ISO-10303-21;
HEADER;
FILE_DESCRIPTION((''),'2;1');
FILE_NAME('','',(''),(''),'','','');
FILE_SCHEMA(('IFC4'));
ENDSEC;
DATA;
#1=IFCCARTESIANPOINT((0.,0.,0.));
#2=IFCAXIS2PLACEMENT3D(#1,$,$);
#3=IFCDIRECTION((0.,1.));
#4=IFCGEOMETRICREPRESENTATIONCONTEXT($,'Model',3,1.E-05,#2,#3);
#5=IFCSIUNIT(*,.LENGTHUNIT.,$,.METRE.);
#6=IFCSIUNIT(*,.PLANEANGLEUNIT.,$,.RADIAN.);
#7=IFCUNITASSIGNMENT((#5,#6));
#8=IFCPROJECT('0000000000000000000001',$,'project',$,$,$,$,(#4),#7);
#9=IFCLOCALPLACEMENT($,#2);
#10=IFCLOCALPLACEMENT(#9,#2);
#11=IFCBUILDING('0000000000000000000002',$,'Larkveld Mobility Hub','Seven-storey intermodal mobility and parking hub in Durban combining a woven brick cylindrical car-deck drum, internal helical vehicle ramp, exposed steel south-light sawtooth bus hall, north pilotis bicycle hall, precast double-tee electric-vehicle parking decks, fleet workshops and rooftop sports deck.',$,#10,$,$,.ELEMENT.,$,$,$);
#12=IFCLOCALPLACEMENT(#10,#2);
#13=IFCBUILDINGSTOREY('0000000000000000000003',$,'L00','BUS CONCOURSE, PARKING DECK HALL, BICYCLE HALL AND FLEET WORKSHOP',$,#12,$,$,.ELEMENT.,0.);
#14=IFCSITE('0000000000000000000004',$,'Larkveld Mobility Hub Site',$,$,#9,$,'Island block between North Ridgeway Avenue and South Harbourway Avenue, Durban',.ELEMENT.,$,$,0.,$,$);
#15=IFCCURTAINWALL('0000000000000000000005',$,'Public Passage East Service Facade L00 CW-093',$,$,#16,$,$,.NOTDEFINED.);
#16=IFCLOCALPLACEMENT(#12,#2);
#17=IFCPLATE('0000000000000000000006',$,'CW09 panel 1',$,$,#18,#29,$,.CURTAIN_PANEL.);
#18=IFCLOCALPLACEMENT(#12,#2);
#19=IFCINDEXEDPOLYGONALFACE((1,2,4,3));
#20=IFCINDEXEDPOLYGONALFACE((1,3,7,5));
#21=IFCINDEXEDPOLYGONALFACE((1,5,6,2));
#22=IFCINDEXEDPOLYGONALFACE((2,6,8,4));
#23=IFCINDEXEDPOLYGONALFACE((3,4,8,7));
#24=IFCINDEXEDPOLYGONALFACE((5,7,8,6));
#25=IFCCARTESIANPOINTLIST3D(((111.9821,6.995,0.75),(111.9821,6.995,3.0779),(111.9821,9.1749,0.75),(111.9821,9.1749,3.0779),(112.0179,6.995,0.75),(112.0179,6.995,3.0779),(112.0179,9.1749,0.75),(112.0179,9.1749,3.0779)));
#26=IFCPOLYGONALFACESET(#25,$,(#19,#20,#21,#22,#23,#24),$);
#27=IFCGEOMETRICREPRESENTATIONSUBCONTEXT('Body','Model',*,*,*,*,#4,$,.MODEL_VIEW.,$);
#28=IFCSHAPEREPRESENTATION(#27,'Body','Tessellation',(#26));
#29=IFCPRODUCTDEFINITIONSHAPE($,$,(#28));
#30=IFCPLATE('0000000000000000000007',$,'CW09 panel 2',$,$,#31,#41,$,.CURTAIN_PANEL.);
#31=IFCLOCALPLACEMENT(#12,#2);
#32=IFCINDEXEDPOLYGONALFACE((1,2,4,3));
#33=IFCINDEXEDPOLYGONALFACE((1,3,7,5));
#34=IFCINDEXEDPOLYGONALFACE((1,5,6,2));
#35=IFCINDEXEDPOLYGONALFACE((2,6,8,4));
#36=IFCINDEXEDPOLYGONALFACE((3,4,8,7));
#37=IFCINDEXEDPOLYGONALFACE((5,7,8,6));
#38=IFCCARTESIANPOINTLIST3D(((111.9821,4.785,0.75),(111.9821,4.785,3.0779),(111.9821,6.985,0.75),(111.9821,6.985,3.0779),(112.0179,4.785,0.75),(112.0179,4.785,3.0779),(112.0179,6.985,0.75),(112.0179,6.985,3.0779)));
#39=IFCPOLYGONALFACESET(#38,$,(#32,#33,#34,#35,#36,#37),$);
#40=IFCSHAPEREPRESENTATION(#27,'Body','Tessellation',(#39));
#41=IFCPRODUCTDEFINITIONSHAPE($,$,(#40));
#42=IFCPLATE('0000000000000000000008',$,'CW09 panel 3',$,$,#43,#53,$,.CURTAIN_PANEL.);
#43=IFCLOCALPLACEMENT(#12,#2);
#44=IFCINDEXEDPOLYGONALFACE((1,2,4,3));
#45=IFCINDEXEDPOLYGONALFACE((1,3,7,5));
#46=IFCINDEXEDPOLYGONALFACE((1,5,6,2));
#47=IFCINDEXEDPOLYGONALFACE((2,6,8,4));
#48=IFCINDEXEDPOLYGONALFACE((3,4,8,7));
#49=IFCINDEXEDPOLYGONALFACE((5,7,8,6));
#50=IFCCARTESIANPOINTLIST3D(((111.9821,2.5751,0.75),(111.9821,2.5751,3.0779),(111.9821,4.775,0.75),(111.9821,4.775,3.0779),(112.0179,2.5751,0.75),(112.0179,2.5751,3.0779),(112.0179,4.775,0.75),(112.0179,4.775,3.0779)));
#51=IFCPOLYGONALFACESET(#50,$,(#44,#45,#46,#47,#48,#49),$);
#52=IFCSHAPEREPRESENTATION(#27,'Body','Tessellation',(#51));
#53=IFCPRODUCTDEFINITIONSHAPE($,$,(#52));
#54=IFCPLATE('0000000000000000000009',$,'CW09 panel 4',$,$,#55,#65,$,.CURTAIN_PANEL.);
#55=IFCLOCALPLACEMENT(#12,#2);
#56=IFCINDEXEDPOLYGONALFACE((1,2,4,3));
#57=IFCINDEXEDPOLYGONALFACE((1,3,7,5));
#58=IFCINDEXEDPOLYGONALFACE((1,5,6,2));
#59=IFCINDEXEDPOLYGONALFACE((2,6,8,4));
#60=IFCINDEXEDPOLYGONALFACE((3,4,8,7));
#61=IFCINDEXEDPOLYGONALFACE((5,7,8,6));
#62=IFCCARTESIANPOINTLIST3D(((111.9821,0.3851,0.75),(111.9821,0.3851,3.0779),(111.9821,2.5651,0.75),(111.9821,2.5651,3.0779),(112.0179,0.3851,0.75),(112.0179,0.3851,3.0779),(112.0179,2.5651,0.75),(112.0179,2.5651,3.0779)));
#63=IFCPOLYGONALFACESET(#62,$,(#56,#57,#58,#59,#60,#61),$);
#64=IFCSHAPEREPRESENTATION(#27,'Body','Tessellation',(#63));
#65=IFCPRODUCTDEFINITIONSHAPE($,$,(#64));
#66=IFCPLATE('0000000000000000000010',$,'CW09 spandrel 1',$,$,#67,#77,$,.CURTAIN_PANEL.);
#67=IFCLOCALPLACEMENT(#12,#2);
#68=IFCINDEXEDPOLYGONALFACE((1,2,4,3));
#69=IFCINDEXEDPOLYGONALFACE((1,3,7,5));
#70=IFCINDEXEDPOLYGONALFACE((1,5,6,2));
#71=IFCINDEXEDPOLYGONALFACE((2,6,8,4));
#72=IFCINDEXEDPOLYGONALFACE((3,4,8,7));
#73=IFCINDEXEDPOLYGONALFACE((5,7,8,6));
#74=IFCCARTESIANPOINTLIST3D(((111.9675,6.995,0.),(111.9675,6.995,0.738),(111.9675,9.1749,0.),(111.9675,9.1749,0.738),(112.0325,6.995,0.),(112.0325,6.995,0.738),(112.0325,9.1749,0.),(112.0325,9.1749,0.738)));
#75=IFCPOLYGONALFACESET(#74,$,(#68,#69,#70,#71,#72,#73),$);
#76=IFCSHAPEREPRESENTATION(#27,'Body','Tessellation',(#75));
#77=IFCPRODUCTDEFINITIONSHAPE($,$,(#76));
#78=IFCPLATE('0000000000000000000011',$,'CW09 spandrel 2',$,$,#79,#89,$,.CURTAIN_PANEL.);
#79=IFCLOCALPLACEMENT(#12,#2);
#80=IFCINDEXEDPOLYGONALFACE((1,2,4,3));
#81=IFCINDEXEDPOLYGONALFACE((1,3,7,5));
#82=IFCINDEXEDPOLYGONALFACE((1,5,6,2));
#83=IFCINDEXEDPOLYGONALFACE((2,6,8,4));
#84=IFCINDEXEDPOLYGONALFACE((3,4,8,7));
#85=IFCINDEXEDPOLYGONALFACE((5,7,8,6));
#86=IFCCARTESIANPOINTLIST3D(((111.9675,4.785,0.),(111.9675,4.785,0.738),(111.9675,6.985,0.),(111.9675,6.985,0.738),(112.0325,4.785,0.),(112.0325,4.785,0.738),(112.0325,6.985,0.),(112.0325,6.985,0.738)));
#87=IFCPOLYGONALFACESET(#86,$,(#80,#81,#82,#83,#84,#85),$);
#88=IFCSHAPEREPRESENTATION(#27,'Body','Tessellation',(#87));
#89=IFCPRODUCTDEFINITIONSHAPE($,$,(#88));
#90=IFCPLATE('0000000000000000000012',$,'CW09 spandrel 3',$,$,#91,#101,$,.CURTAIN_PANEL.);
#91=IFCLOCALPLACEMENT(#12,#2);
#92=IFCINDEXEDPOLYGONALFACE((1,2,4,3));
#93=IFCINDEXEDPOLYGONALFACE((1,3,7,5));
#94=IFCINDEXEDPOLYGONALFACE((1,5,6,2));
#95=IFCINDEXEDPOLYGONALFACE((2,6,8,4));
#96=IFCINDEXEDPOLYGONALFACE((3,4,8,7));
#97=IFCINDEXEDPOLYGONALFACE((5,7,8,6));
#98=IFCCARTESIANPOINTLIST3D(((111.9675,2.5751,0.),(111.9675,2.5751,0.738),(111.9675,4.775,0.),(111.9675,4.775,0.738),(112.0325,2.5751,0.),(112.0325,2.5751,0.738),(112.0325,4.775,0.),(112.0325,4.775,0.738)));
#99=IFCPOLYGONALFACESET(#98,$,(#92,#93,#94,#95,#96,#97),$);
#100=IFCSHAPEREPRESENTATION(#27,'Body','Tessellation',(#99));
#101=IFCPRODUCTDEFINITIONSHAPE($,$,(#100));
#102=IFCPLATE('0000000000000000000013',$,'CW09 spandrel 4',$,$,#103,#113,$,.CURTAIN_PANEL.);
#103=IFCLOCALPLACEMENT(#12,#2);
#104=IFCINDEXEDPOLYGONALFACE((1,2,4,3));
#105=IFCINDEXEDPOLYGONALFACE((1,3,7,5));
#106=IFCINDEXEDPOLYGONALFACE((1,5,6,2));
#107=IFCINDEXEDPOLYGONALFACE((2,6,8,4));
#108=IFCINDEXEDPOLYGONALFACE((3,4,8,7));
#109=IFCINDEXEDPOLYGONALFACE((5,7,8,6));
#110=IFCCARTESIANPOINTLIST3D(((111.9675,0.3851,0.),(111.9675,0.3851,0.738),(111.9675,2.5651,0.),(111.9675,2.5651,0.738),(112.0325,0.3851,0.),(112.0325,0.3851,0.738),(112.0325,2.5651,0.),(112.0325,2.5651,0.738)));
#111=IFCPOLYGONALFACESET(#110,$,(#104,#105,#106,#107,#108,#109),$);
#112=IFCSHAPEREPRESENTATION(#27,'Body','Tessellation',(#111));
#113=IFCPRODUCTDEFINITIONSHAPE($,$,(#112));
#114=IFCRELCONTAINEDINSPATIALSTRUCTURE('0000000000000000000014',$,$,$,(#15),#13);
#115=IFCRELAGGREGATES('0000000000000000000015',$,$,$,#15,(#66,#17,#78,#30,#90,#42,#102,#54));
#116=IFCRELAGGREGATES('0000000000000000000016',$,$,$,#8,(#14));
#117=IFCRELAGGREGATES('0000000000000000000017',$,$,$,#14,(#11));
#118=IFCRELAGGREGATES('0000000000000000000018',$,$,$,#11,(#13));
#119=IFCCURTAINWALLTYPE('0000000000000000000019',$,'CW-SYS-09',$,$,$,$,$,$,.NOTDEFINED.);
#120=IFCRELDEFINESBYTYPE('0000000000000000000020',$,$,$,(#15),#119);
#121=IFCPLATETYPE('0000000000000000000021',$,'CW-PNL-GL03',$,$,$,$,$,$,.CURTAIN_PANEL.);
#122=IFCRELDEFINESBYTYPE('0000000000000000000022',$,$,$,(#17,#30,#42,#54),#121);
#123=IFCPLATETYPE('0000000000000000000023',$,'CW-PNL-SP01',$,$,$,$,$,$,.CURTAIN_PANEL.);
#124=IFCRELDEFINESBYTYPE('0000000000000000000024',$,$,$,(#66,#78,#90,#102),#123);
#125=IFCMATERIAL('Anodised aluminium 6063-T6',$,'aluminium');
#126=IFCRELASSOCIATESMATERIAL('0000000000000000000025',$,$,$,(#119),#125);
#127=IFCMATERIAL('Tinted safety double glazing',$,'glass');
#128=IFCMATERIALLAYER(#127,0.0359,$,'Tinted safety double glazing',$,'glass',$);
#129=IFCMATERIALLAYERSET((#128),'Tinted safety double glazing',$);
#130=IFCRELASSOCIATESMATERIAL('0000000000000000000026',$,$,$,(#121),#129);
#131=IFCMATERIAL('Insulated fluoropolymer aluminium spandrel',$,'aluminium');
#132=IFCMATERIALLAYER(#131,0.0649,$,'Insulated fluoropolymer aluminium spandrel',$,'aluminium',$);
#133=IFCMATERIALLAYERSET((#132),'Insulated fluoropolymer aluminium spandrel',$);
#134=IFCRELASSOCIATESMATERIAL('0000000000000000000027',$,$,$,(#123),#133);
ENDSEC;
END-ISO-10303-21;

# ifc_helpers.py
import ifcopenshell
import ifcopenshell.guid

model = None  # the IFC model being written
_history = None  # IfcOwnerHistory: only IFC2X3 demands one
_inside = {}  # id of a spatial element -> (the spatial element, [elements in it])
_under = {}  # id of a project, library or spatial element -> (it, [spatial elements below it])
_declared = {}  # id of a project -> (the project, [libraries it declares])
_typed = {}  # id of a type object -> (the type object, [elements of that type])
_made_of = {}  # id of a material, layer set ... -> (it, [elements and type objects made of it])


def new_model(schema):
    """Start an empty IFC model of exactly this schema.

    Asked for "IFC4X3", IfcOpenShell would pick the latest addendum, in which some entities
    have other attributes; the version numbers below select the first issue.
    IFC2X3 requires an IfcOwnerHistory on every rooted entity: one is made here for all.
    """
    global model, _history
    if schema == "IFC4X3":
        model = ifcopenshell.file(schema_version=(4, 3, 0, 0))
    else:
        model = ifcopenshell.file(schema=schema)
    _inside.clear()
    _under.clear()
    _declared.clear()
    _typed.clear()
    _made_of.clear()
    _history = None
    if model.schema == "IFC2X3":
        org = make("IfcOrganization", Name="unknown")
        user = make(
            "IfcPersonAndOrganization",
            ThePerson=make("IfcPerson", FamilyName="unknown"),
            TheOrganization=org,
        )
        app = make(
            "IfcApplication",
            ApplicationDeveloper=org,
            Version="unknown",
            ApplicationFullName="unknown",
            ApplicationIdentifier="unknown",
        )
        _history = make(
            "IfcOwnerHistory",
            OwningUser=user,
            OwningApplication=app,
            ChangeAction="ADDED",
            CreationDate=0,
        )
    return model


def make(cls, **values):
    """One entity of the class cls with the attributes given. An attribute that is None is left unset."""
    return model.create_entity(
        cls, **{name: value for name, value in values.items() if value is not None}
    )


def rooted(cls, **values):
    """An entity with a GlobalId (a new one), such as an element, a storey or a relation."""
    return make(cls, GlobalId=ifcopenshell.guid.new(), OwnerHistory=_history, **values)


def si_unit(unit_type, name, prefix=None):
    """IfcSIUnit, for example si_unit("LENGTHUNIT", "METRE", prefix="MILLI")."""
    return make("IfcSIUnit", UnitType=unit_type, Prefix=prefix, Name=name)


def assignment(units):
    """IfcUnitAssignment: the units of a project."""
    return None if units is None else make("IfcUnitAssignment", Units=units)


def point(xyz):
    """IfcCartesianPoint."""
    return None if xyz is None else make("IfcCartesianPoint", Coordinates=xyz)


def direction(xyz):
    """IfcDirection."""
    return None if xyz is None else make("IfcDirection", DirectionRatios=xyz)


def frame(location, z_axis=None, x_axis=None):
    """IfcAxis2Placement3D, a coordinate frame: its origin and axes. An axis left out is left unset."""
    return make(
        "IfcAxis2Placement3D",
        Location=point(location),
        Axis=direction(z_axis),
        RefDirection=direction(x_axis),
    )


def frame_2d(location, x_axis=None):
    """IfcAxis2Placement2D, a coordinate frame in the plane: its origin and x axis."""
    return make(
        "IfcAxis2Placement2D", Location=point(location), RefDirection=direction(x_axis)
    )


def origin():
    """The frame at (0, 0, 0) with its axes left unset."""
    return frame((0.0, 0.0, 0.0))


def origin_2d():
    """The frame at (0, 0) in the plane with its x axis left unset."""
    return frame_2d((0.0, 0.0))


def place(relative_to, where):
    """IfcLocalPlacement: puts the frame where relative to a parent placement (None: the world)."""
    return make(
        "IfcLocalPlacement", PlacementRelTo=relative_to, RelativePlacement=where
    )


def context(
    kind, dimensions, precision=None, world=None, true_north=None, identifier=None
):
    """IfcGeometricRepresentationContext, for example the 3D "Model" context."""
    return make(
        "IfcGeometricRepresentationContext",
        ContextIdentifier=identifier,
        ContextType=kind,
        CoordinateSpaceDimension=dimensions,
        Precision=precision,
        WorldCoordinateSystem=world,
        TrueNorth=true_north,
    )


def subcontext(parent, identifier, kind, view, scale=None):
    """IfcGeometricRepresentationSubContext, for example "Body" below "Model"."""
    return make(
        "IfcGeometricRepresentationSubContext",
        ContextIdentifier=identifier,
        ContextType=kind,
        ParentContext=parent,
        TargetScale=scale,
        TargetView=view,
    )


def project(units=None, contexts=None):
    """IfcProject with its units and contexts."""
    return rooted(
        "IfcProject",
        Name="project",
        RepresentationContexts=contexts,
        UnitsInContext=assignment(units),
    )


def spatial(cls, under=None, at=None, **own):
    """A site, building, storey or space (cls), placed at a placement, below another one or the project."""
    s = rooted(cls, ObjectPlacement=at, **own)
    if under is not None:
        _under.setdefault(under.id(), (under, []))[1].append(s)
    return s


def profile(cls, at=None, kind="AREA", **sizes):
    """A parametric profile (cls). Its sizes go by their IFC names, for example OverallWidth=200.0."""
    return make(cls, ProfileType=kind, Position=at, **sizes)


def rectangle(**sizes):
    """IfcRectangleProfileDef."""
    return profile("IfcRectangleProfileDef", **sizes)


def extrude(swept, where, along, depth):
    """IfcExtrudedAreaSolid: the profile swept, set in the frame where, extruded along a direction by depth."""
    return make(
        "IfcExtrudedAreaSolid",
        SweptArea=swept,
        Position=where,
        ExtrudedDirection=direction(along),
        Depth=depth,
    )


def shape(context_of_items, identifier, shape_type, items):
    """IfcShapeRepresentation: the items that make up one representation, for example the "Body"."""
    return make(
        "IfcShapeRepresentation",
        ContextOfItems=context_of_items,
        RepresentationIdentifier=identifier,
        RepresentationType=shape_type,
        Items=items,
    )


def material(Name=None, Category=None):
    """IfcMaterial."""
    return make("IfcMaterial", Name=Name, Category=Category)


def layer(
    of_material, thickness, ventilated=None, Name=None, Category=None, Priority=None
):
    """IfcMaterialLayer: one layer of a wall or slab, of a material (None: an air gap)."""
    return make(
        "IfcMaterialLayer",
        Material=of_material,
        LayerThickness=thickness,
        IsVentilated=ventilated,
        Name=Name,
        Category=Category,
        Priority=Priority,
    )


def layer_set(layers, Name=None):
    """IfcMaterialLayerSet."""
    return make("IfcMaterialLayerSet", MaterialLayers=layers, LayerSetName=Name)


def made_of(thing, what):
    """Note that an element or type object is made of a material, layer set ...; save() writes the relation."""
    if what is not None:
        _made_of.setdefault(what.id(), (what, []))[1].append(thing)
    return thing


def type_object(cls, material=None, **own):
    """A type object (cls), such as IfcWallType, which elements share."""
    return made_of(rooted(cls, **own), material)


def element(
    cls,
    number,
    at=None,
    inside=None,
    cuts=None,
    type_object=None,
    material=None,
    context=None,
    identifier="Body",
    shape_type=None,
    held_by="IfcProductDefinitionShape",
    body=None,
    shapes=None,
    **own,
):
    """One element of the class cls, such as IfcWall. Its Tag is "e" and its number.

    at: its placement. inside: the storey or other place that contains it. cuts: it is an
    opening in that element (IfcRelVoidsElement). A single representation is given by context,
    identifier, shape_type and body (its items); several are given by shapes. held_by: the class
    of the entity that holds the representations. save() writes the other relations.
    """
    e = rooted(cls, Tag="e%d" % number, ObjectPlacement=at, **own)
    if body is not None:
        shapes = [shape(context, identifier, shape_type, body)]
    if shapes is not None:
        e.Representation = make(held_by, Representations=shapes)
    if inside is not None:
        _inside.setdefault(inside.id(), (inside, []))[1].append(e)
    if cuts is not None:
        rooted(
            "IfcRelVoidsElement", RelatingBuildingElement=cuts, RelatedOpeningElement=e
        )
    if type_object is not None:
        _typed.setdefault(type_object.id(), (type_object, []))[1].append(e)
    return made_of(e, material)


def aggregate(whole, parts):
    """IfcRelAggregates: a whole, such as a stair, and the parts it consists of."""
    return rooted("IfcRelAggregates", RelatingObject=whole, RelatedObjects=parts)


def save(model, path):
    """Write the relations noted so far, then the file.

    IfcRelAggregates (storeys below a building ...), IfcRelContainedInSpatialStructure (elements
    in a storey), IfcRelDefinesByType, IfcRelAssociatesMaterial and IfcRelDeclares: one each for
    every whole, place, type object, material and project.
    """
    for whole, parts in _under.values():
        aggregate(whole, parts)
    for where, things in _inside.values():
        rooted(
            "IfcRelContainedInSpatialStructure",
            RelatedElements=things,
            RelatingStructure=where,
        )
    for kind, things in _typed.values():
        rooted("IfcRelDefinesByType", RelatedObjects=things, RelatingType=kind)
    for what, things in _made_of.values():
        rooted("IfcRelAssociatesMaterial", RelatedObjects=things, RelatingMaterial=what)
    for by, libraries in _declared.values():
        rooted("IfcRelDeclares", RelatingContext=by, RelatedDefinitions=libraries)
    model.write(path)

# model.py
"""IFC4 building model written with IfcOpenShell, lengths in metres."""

from ifc_helpers import new_model, si_unit, direction, frame, origin, origin_2d, place, context, subcontext, project, spatial, rectangle, extrude, material, layer, layer_set, type_object, element, aggregate, save


model = new_model("IFC4")

# Units and contexts
model_context = context("Model", 3, precision=1e-05, world=origin(), true_north=direction((0.0, 1.0)))
body_context = subcontext(model_context, "Body", "Model", "MODEL_VIEW")
ifc_project = project(units=[si_unit("LENGTHUNIT", "METRE"), si_unit("PLANEANGLEUNIT", "RADIAN")], contexts=[model_context])

# Site, building, storey
site_placement = place(None, origin())
site = spatial("IfcSite", under=ifc_project, at=site_placement, Name="Larkveld Mobility Hub Site", LongName="Island block between North Ridgeway Avenue and South Harbourway Avenue, Durban", CompositionType="ELEMENT", RefElevation=0.0)
building_placement = place(site_placement, origin())
building = spatial("IfcBuilding", under=site, at=building_placement, Name="Larkveld Mobility Hub", Description="Seven-storey intermodal mobility and parking hub in Durban combining a woven brick cylindrical car-deck drum, internal helical vehicle ramp, exposed steel south-light sawtooth bus hall, north pilotis bicycle hall, precast double-tee electric-vehicle parking decks, fleet workshops and rooftop sports deck.", CompositionType="ELEMENT")
storey_placement = place(building_placement, origin())
storey = spatial("IfcBuildingStorey", under=building, at=storey_placement, Name="L00", Description="BUS CONCOURSE, PARKING DECK HALL, BICYCLE HALL AND FLEET WORKSHOP", CompositionType="ELEMENT", Elevation=0.0)

# Curtain wall, plates
ifc_material_1 = material(Name="Anodised aluminium 6063-T6", Category="aluminium")
curtain_wall_type = type_object("IfcCurtainWallType", Name="CW-SYS-09", PredefinedType="NOTDEFINED", material=ifc_material_1)
curtain_wall_placement = place(storey_placement, origin())
curtain_wall = element("IfcCurtainWall", 1, at=curtain_wall_placement, inside=storey, type_object=curtain_wall_type, Name="Public Passage East Service Facade L00 CW-093", PredefinedType="NOTDEFINED")
ifc_material_2 = material(Name="Tinted safety double glazing", Category="glass")
ifc_layer_1 = layer(ifc_material_2, 0.0359, Name="Tinted safety double glazing", Category="glass")
ifc_layer_set_1 = layer_set([ifc_layer_1], Name="Tinted safety double glazing")
plate_type_1 = type_object("IfcPlateType", Name="CW-PNL-GL03", PredefinedType="CURTAIN_PANEL", material=ifc_layer_set_1)
plate_1_placement = place(storey_placement, frame((112.0, 8.085, 0.75), z_axis=(0.0, 0.0, 1.0), x_axis=(0.0, -1.0, 0.0)))
plate_1 = element("IfcPlate", 2, at=plate_1_placement, type_object=plate_type_1, Name="CW09 panel 1", PredefinedType="CURTAIN_PANEL", context=body_context, shape_type="SweptSolid", body=[
    extrude(rectangle(XDim=2.1799, YDim=0.0359, at=origin_2d()), origin(), (0.0, 0.0, 1.0), 2.3279),
])
plate_2_placement = place(storey_placement, frame((112.0, 5.885, 0.75), z_axis=(0.0, 0.0, 1.0), x_axis=(0.0, -1.0, 0.0)))
plate_2 = element("IfcPlate", 3, at=plate_2_placement, type_object=plate_type_1, Name="CW09 panel 2", PredefinedType="CURTAIN_PANEL", context=body_context, shape_type="SweptSolid", body=[
    extrude(rectangle(XDim=2.2, YDim=0.0359, at=origin_2d()), origin(), (0.0, 0.0, 1.0), 2.3279),
])
plate_3_placement = place(storey_placement, frame((112.0, 3.675, 0.75), z_axis=(0.0, 0.0, 1.0), x_axis=(0.0, -1.0, 0.0)))
plate_3 = element("IfcPlate", 4, at=plate_3_placement, type_object=plate_type_1, Name="CW09 panel 3", PredefinedType="CURTAIN_PANEL", context=body_context, shape_type="SweptSolid", body=[
    extrude(rectangle(XDim=2.2, YDim=0.0359, at=origin_2d()), origin(), (0.0, 0.0, 1.0), 2.3279),
])
plate_4_placement = place(storey_placement, frame((112.0, 1.4751, 0.75), z_axis=(0.0, 0.0, 1.0), x_axis=(0.0, -1.0, 0.0)))
plate_4 = element("IfcPlate", 5, at=plate_4_placement, type_object=plate_type_1, Name="CW09 panel 4", PredefinedType="CURTAIN_PANEL", context=body_context, shape_type="SweptSolid", body=[
    extrude(rectangle(XDim=2.1799, YDim=0.0359, at=origin_2d()), origin(), (0.0, 0.0, 1.0), 2.3279),
])
ifc_material_3 = material(Name="Insulated fluoropolymer aluminium spandrel", Category="aluminium")
ifc_layer_2 = layer(ifc_material_3, 0.0649, Name="Insulated fluoropolymer aluminium spandrel", Category="aluminium")
ifc_layer_set_2 = layer_set([ifc_layer_2], Name="Insulated fluoropolymer aluminium spandrel")
plate_type_2 = type_object("IfcPlateType", Name="CW-PNL-SP01", PredefinedType="CURTAIN_PANEL", material=ifc_layer_set_2)
plate_5_placement = place(storey_placement, frame((112.0, 8.085, 0.0), z_axis=(0.0, 0.0, 1.0), x_axis=(0.0, -1.0, 0.0)))
plate_5 = element("IfcPlate", 6, at=plate_5_placement, type_object=plate_type_2, Name="CW09 spandrel 1", PredefinedType="CURTAIN_PANEL", context=body_context, shape_type="SweptSolid", body=[
    extrude(rectangle(XDim=2.1799, YDim=0.0649, at=origin_2d()), origin(), (0.0, 0.0, 1.0), 0.738),
])
plate_6_placement = place(storey_placement, frame((112.0, 5.885, 0.0), z_axis=(0.0, 0.0, 1.0), x_axis=(0.0, -1.0, 0.0)))
plate_6 = element("IfcPlate", 7, at=plate_6_placement, type_object=plate_type_2, Name="CW09 spandrel 2", PredefinedType="CURTAIN_PANEL", context=body_context, shape_type="SweptSolid", body=[
    extrude(rectangle(XDim=2.2, YDim=0.0649, at=origin_2d()), origin(), (0.0, 0.0, 1.0), 0.738),
])
plate_7_placement = place(storey_placement, frame((112.0, 3.675, 0.0), z_axis=(0.0, 0.0, 1.0), x_axis=(0.0, -1.0, 0.0)))
plate_7 = element("IfcPlate", 8, at=plate_7_placement, type_object=plate_type_2, Name="CW09 spandrel 3", PredefinedType="CURTAIN_PANEL", context=body_context, shape_type="SweptSolid", body=[
    extrude(rectangle(XDim=2.2, YDim=0.0649, at=origin_2d()), origin(), (0.0, 0.0, 1.0), 0.738),
])
plate_8_placement = place(storey_placement, frame((112.0, 1.4751, 0.0), z_axis=(0.0, 0.0, 1.0), x_axis=(0.0, -1.0, 0.0)))
plate_8 = element("IfcPlate", 9, at=plate_8_placement, type_object=plate_type_2, Name="CW09 spandrel 4", PredefinedType="CURTAIN_PANEL", context=body_context, shape_type="SweptSolid", body=[
    extrude(rectangle(XDim=2.1799, YDim=0.0649, at=origin_2d()), origin(), (0.0, 0.0, 1.0), 0.738),
])
aggregate(curtain_wall, [plate_5, plate_1, plate_6, plate_2, plate_7, plate_3, plate_8, plate_4])

save(model, "model.ifc")
